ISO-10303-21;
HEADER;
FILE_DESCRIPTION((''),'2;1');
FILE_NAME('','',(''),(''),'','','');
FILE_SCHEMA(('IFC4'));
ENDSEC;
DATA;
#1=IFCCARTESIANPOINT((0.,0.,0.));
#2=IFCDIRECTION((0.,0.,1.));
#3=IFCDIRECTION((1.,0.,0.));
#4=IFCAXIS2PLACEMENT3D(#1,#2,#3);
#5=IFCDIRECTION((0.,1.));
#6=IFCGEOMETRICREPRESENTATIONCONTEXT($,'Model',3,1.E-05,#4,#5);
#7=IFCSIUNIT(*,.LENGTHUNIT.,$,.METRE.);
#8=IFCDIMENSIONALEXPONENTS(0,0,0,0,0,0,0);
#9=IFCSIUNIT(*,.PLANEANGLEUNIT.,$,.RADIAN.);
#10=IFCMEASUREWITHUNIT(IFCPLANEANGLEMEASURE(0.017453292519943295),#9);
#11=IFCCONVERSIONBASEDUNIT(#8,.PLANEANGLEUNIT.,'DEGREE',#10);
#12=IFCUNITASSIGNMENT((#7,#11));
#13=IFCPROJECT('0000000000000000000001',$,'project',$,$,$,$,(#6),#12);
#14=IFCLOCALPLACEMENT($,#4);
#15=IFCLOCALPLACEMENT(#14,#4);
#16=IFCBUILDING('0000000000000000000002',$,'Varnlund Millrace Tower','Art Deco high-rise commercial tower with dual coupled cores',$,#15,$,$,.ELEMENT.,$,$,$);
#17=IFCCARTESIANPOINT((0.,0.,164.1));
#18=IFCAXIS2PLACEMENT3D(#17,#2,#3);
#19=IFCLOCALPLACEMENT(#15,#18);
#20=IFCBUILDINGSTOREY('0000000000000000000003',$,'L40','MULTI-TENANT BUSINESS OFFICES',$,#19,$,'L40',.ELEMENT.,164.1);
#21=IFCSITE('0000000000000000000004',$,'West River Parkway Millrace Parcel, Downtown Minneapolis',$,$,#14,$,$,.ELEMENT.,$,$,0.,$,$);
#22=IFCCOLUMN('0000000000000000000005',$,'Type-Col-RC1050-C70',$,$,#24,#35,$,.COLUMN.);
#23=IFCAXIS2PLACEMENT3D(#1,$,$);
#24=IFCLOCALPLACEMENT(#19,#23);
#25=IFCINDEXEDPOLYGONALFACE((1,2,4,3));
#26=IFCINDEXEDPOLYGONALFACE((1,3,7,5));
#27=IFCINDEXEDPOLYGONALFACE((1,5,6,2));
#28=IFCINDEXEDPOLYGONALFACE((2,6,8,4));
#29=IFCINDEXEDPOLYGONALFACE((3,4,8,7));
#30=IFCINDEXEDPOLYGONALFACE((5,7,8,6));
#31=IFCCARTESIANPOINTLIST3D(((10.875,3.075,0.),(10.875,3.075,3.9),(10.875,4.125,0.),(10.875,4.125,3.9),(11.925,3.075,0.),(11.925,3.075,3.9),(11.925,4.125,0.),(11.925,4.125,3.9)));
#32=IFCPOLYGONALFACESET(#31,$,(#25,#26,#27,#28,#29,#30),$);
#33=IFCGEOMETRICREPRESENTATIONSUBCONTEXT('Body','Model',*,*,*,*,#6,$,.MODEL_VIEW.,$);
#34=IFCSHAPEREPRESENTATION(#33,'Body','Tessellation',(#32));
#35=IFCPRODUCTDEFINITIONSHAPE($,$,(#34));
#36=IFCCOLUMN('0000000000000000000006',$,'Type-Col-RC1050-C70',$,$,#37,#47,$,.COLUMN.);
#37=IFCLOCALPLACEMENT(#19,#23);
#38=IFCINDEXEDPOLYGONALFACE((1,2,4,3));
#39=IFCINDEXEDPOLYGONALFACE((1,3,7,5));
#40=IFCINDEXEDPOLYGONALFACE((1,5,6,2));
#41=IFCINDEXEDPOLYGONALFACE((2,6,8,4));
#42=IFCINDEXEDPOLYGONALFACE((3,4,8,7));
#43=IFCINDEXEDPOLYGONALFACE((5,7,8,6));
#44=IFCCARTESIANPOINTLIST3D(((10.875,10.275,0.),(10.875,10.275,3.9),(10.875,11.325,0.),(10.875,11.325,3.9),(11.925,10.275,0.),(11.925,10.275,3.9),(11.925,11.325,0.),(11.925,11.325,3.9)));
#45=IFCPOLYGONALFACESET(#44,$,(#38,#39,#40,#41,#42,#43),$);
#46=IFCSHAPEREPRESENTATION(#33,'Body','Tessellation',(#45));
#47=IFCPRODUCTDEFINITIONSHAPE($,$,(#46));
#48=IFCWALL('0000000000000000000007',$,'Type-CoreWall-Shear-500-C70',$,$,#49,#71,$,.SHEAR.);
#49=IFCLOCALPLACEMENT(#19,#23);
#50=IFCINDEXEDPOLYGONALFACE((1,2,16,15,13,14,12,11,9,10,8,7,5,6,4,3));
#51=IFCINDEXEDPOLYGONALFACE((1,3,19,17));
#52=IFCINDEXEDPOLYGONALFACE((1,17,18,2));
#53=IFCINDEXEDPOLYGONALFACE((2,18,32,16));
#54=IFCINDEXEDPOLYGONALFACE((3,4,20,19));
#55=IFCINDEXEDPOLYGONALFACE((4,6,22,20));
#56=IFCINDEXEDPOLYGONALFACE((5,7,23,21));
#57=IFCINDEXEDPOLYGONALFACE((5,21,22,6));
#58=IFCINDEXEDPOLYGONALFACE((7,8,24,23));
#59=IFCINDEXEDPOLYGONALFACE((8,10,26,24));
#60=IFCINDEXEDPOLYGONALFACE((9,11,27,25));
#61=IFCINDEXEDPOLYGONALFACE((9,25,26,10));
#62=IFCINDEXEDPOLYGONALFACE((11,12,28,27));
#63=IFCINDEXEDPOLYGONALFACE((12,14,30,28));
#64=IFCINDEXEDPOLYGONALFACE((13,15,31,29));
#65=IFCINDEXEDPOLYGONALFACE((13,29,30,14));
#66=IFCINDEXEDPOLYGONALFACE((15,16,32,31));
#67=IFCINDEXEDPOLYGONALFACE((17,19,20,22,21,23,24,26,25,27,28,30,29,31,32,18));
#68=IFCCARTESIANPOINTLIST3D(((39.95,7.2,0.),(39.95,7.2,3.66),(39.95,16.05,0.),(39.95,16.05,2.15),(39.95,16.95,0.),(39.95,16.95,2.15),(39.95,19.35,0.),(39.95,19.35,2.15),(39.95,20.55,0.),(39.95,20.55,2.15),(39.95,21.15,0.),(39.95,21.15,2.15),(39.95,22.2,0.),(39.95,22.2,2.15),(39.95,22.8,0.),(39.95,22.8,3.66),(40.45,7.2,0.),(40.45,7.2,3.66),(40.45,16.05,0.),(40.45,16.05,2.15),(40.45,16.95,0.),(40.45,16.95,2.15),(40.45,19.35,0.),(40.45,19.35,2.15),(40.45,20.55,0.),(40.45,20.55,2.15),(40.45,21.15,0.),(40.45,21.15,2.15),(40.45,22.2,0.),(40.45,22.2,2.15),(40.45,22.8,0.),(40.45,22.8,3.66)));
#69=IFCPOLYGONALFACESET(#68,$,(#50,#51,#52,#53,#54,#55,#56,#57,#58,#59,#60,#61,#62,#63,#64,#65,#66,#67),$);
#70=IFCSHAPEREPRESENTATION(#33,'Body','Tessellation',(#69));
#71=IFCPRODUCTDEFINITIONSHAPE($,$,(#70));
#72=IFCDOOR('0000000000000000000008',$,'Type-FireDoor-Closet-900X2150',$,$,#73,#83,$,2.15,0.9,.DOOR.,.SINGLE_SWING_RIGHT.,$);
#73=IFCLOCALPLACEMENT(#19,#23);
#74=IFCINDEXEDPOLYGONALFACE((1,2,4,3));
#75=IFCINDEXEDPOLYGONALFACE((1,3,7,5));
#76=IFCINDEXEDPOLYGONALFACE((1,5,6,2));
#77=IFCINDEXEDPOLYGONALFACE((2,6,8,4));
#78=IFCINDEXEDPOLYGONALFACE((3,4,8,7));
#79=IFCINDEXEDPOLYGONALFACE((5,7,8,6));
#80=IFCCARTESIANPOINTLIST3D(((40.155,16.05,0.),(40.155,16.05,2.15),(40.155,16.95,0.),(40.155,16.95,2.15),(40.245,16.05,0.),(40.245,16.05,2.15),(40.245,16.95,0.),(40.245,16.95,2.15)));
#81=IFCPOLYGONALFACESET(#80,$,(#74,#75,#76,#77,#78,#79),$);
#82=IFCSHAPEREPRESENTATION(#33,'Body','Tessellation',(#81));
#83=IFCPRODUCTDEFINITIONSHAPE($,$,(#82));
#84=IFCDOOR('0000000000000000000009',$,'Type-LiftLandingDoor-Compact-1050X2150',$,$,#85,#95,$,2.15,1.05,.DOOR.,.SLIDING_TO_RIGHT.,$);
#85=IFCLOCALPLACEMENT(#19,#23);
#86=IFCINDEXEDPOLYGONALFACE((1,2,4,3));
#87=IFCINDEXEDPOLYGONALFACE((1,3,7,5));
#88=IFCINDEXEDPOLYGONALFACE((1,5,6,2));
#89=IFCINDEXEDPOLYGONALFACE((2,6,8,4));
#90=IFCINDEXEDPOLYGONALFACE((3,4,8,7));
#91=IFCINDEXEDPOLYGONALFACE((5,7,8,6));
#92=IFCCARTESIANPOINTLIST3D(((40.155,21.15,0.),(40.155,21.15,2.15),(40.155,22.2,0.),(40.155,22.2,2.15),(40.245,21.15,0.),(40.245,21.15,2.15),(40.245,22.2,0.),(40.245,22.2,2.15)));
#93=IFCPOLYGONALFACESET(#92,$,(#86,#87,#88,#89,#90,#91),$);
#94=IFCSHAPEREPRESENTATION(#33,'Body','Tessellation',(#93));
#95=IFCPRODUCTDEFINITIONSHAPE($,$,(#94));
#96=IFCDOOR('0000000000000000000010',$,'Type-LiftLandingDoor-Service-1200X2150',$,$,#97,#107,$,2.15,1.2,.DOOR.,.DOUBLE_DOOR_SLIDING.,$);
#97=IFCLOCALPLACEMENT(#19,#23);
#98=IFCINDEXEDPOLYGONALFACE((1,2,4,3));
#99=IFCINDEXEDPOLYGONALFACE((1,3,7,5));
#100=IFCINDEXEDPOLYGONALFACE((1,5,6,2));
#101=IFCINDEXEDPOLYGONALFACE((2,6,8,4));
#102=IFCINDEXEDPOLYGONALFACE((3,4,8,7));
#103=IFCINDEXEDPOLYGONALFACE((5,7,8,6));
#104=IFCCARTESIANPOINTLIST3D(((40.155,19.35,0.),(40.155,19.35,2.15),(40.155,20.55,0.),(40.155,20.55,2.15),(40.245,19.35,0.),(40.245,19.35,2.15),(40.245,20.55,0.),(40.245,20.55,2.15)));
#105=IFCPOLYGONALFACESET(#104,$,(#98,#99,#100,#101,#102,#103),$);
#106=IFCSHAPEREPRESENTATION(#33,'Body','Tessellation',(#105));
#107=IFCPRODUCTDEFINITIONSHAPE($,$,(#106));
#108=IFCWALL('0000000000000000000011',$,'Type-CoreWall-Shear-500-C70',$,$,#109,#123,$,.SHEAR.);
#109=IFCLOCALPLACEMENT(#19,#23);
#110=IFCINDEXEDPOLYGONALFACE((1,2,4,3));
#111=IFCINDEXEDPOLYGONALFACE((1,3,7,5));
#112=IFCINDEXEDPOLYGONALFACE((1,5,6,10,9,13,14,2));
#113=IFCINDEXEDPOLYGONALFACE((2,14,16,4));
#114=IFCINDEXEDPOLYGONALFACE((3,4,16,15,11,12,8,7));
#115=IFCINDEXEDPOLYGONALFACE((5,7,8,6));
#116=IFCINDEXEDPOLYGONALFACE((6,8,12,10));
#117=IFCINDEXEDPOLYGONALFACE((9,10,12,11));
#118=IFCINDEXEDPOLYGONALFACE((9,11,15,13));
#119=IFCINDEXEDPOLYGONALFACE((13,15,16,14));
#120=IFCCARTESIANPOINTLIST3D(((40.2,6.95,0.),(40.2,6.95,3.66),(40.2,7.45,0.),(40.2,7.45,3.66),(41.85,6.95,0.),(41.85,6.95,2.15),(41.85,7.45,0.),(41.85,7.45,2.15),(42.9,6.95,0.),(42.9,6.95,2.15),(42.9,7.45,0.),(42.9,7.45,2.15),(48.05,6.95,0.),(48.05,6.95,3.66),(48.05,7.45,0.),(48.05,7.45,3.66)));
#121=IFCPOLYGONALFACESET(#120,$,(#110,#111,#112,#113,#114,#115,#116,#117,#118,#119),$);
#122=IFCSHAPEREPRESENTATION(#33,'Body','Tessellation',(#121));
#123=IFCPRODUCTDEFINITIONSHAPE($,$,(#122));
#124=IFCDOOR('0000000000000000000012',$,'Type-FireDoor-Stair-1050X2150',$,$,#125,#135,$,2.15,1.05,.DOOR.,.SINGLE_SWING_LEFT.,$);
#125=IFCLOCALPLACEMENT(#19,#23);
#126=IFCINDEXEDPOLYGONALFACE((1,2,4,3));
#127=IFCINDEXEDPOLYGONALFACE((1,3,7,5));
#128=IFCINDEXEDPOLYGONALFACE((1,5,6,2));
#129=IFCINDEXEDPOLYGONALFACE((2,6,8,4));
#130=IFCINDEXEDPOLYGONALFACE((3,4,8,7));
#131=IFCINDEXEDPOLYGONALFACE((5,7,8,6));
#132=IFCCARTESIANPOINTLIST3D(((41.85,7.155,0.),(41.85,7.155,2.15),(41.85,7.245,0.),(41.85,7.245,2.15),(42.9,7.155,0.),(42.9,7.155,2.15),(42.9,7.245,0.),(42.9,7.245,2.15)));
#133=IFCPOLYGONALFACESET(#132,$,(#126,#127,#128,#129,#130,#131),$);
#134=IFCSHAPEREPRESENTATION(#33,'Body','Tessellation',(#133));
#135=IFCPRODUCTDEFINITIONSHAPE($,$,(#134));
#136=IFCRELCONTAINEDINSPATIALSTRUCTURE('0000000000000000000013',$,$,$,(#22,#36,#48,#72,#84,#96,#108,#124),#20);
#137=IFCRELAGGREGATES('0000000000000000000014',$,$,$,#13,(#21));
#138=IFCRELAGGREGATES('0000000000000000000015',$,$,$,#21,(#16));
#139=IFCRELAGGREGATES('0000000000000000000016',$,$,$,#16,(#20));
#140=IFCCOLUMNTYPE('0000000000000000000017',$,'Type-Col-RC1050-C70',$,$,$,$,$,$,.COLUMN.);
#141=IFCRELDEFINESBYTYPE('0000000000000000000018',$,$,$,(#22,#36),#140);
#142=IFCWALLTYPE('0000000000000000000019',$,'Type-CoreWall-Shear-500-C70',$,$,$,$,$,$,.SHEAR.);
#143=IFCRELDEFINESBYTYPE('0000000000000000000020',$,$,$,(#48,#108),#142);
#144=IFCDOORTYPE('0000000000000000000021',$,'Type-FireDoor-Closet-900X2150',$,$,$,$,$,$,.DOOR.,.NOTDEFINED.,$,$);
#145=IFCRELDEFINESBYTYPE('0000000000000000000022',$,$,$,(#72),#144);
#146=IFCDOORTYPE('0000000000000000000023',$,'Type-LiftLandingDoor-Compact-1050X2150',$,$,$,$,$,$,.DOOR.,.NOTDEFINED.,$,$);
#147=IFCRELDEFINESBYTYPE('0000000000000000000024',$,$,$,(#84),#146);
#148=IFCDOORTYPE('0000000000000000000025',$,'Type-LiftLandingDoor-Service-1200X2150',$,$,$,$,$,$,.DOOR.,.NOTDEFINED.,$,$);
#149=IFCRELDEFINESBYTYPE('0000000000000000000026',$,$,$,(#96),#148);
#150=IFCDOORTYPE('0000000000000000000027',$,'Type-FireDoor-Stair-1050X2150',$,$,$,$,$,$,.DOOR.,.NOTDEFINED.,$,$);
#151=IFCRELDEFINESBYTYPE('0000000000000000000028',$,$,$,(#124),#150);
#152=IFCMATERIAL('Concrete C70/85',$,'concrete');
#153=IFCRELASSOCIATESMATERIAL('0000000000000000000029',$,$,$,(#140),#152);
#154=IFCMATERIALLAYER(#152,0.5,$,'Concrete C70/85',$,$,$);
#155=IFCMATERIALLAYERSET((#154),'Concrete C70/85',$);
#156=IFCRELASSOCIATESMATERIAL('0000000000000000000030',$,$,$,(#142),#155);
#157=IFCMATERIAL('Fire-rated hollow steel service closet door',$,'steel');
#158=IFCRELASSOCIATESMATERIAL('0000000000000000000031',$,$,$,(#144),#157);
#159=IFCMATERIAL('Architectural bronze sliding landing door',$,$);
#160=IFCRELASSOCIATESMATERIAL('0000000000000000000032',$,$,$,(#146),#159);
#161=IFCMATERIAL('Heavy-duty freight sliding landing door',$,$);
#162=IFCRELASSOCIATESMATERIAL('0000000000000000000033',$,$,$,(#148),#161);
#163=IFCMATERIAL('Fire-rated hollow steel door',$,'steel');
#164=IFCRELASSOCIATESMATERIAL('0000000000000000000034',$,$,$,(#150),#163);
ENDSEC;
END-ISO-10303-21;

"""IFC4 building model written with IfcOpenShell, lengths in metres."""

from ifc_helpers import new_model, entity, si_unit, converted_unit, direction, frame, origin_with_axes, origin_2d_with_axis, place, context, subcontext, project, spatial, polyline, rectangle, outline, extrude, material, layer, layer_set, material_profile, profile_set, type_object, element, fill, save


model = new_model("IFC4")

# Units and contexts
model_context = context("Model", 3, precision=1e-05, world=origin_with_axes(), true_north=direction((0.0, 1.0)))
body_context = subcontext(model_context, "Body", "Model", "MODEL_VIEW")
ifc_project = project(units=[si_unit("LENGTHUNIT", "METRE"), converted_unit("PLANEANGLEUNIT", "DEGREE", entity("IfcPlaneAngleMeasure", 0.017453292519943295), si_unit("PLANEANGLEUNIT", "RADIAN"), dimensions=[0, 0, 0, 0, 0, 0, 0])], contexts=[model_context])

# Site, building, storey
site_placement = place(None, origin_with_axes())
site = spatial("IfcSite", under=ifc_project, at=site_placement, Name="West River Parkway Millrace Parcel, Downtown Minneapolis", CompositionType="ELEMENT", RefElevation=0.0)
building_placement = place(site_placement, origin_with_axes())
building = spatial("IfcBuilding", under=site, at=building_placement, Name="Varnlund Millrace Tower", Description="Art Deco high-rise commercial tower with dual coupled cores", CompositionType="ELEMENT")
storey_placement = place(building_placement, frame((0.0, 0.0, 164.1), z_axis=(0.0, 0.0, 1.0), x_axis=(1.0, 0.0, 0.0)))
storey = spatial("IfcBuildingStorey", under=building, at=storey_placement, Name="L40", Description="MULTI-TENANT BUSINESS OFFICES", LongName="L40", CompositionType="ELEMENT", Elevation=164.1)

# Columns
ifc_material_1 = material(Name="Concrete C70/85", Category="concrete")
ifc_material_profile = material_profile(ifc_material_1, rectangle(XDim=1.05, YDim=1.05, at=origin_2d_with_axis()), Name="Concrete C70/85")
ifc_profile_set = profile_set([ifc_material_profile], Name="Concrete C70/85")
column_type = type_object("IfcColumnType", Name="Type-Col-RC1050-C70", PredefinedType="COLUMN", material=ifc_profile_set)
for number, where, z_axis, x_axis, name in (
    (1, (11.4, 3.6, 0.0), (0.0, 0.0, 1.0), (1.0, 0.0, 0.0), "Type-Col-RC1050-C70"),
    (2, (11.4, 10.8, 0.0), (0.0, 0.0, 1.0), (1.0, 0.0, 0.0), "Type-Col-RC1050-C70"),
):
    element("IfcColumn", number, at=place(storey_placement, frame(where, z_axis=z_axis, x_axis=x_axis)), inside=storey, type_object=column_type, Name=name, PredefinedType="COLUMN", context=body_context, shape_type="SweptSolid", body=[
        extrude(rectangle(XDim=1.05, YDim=1.05, at=origin_2d_with_axis()), origin_with_axes(), (0.0, 0.0, 1.0), 3.9),
    ])

# Wall, openings, doors
ifc_layer_1 = layer(ifc_material_1, 0.5, Name="Concrete C70/85")
ifc_layer_set_1 = layer_set([ifc_layer_1], Name="Concrete C70/85")
wall_type_1 = type_object("IfcWallType", Name="Type-CoreWall-Shear-500-C70", PredefinedType="SHEAR", material=ifc_layer_set_1)
wall_1_placement = place(storey_placement, frame((40.2, 7.2, 0.0), z_axis=(0.0, 0.0, 1.0), x_axis=(0.0, 1.0, 0.0)))
wall_1 = element("IfcWall", 3, at=wall_1_placement, inside=storey, type_object=wall_type_1, Name="Type-CoreWall-Shear-500-C70", PredefinedType="SHEAR", context=body_context, shape_type="SweptSolid", body=[
    extrude(outline(polyline([(0.0, -0.25), (15.6, -0.25), (15.6, 0.25), (0.0, 0.25), (0.0, -0.25)])), origin_with_axes(), (0.0, 0.0, 1.0), 3.66),
])
opening_1_placement = place(wall_1_placement, frame((14.475, 0.0, 0.0), z_axis=(0.0, 0.0, 1.0), x_axis=(1.0, 0.0, 0.0)))
opening_1 = element("IfcOpeningElement", 4, at=opening_1_placement, cuts=wall_1, PredefinedType="OPENING", context=body_context, shape_type="SweptSolid", body=[
    extrude(rectangle(XDim=1.05, YDim=0.52, at=origin_2d_with_axis()), origin_with_axes(), (0.0, 0.0, 1.0), 2.15),
])
opening_2_placement = place(wall_1_placement, frame((12.75, 0.0, 0.0), z_axis=(0.0, 0.0, 1.0), x_axis=(1.0, 0.0, 0.0)))
opening_2 = element("IfcOpeningElement", 5, at=opening_2_placement, cuts=wall_1, PredefinedType="OPENING", context=body_context, shape_type="SweptSolid", body=[
    extrude(rectangle(XDim=1.2, YDim=0.52, at=origin_2d_with_axis()), origin_with_axes(), (0.0, 0.0, 1.0), 2.15),
])
opening_3_placement = place(wall_1_placement, frame((9.3, 0.0, 0.0), z_axis=(0.0, 0.0, 1.0), x_axis=(1.0, 0.0, 0.0)))
opening_3 = element("IfcOpeningElement", 6, at=opening_3_placement, cuts=wall_1, PredefinedType="OPENING", context=body_context, shape_type="SweptSolid", body=[
    extrude(rectangle(XDim=0.9, YDim=0.52, at=origin_2d_with_axis()), origin_with_axes(), (0.0, 0.0, 1.0), 2.15),
])
ifc_material_2 = material(Name="Fire-rated hollow steel service closet door", Category="steel")
door_type_1 = type_object("IfcDoorType", Name="Type-FireDoor-Closet-900X2150", OperationType="NOTDEFINED", PredefinedType="DOOR", material=ifc_material_2)
door_1_placement = place(wall_1_placement, frame((9.3, 0.0, 0.0), z_axis=(0.0, 0.0, 1.0), x_axis=(1.0, 0.0, 0.0)))
door_1 = element("IfcDoor", 7, at=door_1_placement, inside=storey, type_object=door_type_1, Name="Type-FireDoor-Closet-900X2150", OperationType="SINGLE_SWING_RIGHT", OverallHeight=2.15, OverallWidth=0.9, PredefinedType="DOOR", context=body_context, shape_type="SweptSolid", body=[
    extrude(rectangle(XDim=0.9, YDim=0.09, at=origin_2d_with_axis()), origin_with_axes(), (0.0, 0.0, 1.0), 2.15),
])
fill(opening_3, door_1)
ifc_material_3 = material(Name="Architectural bronze sliding landing door")
door_type_2 = type_object("IfcDoorType", Name="Type-LiftLandingDoor-Compact-1050X2150", OperationType="NOTDEFINED", PredefinedType="DOOR", material=ifc_material_3)
door_2_placement = place(wall_1_placement, frame((14.475, 0.0, 0.0), z_axis=(0.0, 0.0, 1.0), x_axis=(1.0, 0.0, 0.0)))
door_2 = element("IfcDoor", 8, at=door_2_placement, inside=storey, type_object=door_type_2, Name="Type-LiftLandingDoor-Compact-1050X2150", OperationType="SLIDING_TO_RIGHT", OverallHeight=2.15, OverallWidth=1.05, PredefinedType="DOOR", context=body_context, shape_type="SweptSolid", body=[
    extrude(rectangle(XDim=1.05, YDim=0.09, at=origin_2d_with_axis()), origin_with_axes(), (0.0, 0.0, 1.0), 2.15),
])
fill(opening_1, door_2)
ifc_material_4 = material(Name="Heavy-duty freight sliding landing door")
door_type_3 = type_object("IfcDoorType", Name="Type-LiftLandingDoor-Service-1200X2150", OperationType="NOTDEFINED", PredefinedType="DOOR", material=ifc_material_4)
door_3_placement = place(wall_1_placement, frame((12.75, 0.0, 0.0), z_axis=(0.0, 0.0, 1.0), x_axis=(1.0, 0.0, 0.0)))
door_3 = element("IfcDoor", 9, at=door_3_placement, inside=storey, type_object=door_type_3, Name="Type-LiftLandingDoor-Service-1200X2150", OperationType="DOUBLE_DOOR_SLIDING", OverallHeight=2.15, OverallWidth=1.2, PredefinedType="DOOR", context=body_context, shape_type="SweptSolid", body=[
    extrude(rectangle(XDim=1.2, YDim=0.09, at=origin_2d_with_axis()), origin_with_axes(), (0.0, 0.0, 1.0), 2.15),
])
fill(opening_2, door_3)

# Wall, opening, door
wall_2_placement = place(storey_placement, frame((40.2, 7.2, 0.0), z_axis=(0.0, 0.0, 1.0), x_axis=(1.0, 0.0, 0.0)))
wall_2 = element("IfcWall", 10, at=wall_2_placement, inside=storey, type_object=wall_type_1, Name="Type-CoreWall-Shear-500-C70", PredefinedType="SHEAR", context=body_context, shape_type="SweptSolid", body=[
    extrude(outline(polyline([(0.0, -0.25), (7.85, -0.25), (7.85, 0.25), (0.0, 0.25), (0.0, -0.25)])), origin_with_axes(), (0.0, 0.0, 1.0), 3.66),
])
opening_4_placement = place(wall_2_placement, frame((2.175, 0.0, 0.0), z_axis=(0.0, 0.0, 1.0), x_axis=(1.0, 0.0, 0.0)))
opening_4 = element("IfcOpeningElement", 11, at=opening_4_placement, cuts=wall_2, PredefinedType="OPENING", context=body_context, shape_type="SweptSolid", body=[
    extrude(rectangle(XDim=1.05, YDim=0.52, at=origin_2d_with_axis()), origin_with_axes(), (0.0, 0.0, 1.0), 2.15),
])
ifc_material_5 = material(Name="Fire-rated hollow steel door", Category="steel")
door_type_4 = type_object("IfcDoorType", Name="Type-FireDoor-Stair-1050X2150", OperationType="NOTDEFINED", PredefinedType="DOOR", material=ifc_material_5)
door_4_placement = place(wall_2_placement, frame((2.175, 0.0, 0.0), z_axis=(0.0, 0.0, 1.0), x_axis=(1.0, 0.0, 0.0)))
door_4 = element("IfcDoor", 12, at=door_4_placement, inside=storey, type_object=door_type_4, Name="Type-FireDoor-Stair-1050X2150", OperationType="SINGLE_SWING_LEFT", OverallHeight=2.15, OverallWidth=1.05, PredefinedType="DOOR", context=body_context, shape_type="SweptSolid", body=[
    extrude(rectangle(XDim=1.05, YDim=0.09, at=origin_2d_with_axis()), origin_with_axes(), (0.0, 0.0, 1.0), 2.15),
])
fill(opening_4, door_4)

save(model, "model.ifc")
